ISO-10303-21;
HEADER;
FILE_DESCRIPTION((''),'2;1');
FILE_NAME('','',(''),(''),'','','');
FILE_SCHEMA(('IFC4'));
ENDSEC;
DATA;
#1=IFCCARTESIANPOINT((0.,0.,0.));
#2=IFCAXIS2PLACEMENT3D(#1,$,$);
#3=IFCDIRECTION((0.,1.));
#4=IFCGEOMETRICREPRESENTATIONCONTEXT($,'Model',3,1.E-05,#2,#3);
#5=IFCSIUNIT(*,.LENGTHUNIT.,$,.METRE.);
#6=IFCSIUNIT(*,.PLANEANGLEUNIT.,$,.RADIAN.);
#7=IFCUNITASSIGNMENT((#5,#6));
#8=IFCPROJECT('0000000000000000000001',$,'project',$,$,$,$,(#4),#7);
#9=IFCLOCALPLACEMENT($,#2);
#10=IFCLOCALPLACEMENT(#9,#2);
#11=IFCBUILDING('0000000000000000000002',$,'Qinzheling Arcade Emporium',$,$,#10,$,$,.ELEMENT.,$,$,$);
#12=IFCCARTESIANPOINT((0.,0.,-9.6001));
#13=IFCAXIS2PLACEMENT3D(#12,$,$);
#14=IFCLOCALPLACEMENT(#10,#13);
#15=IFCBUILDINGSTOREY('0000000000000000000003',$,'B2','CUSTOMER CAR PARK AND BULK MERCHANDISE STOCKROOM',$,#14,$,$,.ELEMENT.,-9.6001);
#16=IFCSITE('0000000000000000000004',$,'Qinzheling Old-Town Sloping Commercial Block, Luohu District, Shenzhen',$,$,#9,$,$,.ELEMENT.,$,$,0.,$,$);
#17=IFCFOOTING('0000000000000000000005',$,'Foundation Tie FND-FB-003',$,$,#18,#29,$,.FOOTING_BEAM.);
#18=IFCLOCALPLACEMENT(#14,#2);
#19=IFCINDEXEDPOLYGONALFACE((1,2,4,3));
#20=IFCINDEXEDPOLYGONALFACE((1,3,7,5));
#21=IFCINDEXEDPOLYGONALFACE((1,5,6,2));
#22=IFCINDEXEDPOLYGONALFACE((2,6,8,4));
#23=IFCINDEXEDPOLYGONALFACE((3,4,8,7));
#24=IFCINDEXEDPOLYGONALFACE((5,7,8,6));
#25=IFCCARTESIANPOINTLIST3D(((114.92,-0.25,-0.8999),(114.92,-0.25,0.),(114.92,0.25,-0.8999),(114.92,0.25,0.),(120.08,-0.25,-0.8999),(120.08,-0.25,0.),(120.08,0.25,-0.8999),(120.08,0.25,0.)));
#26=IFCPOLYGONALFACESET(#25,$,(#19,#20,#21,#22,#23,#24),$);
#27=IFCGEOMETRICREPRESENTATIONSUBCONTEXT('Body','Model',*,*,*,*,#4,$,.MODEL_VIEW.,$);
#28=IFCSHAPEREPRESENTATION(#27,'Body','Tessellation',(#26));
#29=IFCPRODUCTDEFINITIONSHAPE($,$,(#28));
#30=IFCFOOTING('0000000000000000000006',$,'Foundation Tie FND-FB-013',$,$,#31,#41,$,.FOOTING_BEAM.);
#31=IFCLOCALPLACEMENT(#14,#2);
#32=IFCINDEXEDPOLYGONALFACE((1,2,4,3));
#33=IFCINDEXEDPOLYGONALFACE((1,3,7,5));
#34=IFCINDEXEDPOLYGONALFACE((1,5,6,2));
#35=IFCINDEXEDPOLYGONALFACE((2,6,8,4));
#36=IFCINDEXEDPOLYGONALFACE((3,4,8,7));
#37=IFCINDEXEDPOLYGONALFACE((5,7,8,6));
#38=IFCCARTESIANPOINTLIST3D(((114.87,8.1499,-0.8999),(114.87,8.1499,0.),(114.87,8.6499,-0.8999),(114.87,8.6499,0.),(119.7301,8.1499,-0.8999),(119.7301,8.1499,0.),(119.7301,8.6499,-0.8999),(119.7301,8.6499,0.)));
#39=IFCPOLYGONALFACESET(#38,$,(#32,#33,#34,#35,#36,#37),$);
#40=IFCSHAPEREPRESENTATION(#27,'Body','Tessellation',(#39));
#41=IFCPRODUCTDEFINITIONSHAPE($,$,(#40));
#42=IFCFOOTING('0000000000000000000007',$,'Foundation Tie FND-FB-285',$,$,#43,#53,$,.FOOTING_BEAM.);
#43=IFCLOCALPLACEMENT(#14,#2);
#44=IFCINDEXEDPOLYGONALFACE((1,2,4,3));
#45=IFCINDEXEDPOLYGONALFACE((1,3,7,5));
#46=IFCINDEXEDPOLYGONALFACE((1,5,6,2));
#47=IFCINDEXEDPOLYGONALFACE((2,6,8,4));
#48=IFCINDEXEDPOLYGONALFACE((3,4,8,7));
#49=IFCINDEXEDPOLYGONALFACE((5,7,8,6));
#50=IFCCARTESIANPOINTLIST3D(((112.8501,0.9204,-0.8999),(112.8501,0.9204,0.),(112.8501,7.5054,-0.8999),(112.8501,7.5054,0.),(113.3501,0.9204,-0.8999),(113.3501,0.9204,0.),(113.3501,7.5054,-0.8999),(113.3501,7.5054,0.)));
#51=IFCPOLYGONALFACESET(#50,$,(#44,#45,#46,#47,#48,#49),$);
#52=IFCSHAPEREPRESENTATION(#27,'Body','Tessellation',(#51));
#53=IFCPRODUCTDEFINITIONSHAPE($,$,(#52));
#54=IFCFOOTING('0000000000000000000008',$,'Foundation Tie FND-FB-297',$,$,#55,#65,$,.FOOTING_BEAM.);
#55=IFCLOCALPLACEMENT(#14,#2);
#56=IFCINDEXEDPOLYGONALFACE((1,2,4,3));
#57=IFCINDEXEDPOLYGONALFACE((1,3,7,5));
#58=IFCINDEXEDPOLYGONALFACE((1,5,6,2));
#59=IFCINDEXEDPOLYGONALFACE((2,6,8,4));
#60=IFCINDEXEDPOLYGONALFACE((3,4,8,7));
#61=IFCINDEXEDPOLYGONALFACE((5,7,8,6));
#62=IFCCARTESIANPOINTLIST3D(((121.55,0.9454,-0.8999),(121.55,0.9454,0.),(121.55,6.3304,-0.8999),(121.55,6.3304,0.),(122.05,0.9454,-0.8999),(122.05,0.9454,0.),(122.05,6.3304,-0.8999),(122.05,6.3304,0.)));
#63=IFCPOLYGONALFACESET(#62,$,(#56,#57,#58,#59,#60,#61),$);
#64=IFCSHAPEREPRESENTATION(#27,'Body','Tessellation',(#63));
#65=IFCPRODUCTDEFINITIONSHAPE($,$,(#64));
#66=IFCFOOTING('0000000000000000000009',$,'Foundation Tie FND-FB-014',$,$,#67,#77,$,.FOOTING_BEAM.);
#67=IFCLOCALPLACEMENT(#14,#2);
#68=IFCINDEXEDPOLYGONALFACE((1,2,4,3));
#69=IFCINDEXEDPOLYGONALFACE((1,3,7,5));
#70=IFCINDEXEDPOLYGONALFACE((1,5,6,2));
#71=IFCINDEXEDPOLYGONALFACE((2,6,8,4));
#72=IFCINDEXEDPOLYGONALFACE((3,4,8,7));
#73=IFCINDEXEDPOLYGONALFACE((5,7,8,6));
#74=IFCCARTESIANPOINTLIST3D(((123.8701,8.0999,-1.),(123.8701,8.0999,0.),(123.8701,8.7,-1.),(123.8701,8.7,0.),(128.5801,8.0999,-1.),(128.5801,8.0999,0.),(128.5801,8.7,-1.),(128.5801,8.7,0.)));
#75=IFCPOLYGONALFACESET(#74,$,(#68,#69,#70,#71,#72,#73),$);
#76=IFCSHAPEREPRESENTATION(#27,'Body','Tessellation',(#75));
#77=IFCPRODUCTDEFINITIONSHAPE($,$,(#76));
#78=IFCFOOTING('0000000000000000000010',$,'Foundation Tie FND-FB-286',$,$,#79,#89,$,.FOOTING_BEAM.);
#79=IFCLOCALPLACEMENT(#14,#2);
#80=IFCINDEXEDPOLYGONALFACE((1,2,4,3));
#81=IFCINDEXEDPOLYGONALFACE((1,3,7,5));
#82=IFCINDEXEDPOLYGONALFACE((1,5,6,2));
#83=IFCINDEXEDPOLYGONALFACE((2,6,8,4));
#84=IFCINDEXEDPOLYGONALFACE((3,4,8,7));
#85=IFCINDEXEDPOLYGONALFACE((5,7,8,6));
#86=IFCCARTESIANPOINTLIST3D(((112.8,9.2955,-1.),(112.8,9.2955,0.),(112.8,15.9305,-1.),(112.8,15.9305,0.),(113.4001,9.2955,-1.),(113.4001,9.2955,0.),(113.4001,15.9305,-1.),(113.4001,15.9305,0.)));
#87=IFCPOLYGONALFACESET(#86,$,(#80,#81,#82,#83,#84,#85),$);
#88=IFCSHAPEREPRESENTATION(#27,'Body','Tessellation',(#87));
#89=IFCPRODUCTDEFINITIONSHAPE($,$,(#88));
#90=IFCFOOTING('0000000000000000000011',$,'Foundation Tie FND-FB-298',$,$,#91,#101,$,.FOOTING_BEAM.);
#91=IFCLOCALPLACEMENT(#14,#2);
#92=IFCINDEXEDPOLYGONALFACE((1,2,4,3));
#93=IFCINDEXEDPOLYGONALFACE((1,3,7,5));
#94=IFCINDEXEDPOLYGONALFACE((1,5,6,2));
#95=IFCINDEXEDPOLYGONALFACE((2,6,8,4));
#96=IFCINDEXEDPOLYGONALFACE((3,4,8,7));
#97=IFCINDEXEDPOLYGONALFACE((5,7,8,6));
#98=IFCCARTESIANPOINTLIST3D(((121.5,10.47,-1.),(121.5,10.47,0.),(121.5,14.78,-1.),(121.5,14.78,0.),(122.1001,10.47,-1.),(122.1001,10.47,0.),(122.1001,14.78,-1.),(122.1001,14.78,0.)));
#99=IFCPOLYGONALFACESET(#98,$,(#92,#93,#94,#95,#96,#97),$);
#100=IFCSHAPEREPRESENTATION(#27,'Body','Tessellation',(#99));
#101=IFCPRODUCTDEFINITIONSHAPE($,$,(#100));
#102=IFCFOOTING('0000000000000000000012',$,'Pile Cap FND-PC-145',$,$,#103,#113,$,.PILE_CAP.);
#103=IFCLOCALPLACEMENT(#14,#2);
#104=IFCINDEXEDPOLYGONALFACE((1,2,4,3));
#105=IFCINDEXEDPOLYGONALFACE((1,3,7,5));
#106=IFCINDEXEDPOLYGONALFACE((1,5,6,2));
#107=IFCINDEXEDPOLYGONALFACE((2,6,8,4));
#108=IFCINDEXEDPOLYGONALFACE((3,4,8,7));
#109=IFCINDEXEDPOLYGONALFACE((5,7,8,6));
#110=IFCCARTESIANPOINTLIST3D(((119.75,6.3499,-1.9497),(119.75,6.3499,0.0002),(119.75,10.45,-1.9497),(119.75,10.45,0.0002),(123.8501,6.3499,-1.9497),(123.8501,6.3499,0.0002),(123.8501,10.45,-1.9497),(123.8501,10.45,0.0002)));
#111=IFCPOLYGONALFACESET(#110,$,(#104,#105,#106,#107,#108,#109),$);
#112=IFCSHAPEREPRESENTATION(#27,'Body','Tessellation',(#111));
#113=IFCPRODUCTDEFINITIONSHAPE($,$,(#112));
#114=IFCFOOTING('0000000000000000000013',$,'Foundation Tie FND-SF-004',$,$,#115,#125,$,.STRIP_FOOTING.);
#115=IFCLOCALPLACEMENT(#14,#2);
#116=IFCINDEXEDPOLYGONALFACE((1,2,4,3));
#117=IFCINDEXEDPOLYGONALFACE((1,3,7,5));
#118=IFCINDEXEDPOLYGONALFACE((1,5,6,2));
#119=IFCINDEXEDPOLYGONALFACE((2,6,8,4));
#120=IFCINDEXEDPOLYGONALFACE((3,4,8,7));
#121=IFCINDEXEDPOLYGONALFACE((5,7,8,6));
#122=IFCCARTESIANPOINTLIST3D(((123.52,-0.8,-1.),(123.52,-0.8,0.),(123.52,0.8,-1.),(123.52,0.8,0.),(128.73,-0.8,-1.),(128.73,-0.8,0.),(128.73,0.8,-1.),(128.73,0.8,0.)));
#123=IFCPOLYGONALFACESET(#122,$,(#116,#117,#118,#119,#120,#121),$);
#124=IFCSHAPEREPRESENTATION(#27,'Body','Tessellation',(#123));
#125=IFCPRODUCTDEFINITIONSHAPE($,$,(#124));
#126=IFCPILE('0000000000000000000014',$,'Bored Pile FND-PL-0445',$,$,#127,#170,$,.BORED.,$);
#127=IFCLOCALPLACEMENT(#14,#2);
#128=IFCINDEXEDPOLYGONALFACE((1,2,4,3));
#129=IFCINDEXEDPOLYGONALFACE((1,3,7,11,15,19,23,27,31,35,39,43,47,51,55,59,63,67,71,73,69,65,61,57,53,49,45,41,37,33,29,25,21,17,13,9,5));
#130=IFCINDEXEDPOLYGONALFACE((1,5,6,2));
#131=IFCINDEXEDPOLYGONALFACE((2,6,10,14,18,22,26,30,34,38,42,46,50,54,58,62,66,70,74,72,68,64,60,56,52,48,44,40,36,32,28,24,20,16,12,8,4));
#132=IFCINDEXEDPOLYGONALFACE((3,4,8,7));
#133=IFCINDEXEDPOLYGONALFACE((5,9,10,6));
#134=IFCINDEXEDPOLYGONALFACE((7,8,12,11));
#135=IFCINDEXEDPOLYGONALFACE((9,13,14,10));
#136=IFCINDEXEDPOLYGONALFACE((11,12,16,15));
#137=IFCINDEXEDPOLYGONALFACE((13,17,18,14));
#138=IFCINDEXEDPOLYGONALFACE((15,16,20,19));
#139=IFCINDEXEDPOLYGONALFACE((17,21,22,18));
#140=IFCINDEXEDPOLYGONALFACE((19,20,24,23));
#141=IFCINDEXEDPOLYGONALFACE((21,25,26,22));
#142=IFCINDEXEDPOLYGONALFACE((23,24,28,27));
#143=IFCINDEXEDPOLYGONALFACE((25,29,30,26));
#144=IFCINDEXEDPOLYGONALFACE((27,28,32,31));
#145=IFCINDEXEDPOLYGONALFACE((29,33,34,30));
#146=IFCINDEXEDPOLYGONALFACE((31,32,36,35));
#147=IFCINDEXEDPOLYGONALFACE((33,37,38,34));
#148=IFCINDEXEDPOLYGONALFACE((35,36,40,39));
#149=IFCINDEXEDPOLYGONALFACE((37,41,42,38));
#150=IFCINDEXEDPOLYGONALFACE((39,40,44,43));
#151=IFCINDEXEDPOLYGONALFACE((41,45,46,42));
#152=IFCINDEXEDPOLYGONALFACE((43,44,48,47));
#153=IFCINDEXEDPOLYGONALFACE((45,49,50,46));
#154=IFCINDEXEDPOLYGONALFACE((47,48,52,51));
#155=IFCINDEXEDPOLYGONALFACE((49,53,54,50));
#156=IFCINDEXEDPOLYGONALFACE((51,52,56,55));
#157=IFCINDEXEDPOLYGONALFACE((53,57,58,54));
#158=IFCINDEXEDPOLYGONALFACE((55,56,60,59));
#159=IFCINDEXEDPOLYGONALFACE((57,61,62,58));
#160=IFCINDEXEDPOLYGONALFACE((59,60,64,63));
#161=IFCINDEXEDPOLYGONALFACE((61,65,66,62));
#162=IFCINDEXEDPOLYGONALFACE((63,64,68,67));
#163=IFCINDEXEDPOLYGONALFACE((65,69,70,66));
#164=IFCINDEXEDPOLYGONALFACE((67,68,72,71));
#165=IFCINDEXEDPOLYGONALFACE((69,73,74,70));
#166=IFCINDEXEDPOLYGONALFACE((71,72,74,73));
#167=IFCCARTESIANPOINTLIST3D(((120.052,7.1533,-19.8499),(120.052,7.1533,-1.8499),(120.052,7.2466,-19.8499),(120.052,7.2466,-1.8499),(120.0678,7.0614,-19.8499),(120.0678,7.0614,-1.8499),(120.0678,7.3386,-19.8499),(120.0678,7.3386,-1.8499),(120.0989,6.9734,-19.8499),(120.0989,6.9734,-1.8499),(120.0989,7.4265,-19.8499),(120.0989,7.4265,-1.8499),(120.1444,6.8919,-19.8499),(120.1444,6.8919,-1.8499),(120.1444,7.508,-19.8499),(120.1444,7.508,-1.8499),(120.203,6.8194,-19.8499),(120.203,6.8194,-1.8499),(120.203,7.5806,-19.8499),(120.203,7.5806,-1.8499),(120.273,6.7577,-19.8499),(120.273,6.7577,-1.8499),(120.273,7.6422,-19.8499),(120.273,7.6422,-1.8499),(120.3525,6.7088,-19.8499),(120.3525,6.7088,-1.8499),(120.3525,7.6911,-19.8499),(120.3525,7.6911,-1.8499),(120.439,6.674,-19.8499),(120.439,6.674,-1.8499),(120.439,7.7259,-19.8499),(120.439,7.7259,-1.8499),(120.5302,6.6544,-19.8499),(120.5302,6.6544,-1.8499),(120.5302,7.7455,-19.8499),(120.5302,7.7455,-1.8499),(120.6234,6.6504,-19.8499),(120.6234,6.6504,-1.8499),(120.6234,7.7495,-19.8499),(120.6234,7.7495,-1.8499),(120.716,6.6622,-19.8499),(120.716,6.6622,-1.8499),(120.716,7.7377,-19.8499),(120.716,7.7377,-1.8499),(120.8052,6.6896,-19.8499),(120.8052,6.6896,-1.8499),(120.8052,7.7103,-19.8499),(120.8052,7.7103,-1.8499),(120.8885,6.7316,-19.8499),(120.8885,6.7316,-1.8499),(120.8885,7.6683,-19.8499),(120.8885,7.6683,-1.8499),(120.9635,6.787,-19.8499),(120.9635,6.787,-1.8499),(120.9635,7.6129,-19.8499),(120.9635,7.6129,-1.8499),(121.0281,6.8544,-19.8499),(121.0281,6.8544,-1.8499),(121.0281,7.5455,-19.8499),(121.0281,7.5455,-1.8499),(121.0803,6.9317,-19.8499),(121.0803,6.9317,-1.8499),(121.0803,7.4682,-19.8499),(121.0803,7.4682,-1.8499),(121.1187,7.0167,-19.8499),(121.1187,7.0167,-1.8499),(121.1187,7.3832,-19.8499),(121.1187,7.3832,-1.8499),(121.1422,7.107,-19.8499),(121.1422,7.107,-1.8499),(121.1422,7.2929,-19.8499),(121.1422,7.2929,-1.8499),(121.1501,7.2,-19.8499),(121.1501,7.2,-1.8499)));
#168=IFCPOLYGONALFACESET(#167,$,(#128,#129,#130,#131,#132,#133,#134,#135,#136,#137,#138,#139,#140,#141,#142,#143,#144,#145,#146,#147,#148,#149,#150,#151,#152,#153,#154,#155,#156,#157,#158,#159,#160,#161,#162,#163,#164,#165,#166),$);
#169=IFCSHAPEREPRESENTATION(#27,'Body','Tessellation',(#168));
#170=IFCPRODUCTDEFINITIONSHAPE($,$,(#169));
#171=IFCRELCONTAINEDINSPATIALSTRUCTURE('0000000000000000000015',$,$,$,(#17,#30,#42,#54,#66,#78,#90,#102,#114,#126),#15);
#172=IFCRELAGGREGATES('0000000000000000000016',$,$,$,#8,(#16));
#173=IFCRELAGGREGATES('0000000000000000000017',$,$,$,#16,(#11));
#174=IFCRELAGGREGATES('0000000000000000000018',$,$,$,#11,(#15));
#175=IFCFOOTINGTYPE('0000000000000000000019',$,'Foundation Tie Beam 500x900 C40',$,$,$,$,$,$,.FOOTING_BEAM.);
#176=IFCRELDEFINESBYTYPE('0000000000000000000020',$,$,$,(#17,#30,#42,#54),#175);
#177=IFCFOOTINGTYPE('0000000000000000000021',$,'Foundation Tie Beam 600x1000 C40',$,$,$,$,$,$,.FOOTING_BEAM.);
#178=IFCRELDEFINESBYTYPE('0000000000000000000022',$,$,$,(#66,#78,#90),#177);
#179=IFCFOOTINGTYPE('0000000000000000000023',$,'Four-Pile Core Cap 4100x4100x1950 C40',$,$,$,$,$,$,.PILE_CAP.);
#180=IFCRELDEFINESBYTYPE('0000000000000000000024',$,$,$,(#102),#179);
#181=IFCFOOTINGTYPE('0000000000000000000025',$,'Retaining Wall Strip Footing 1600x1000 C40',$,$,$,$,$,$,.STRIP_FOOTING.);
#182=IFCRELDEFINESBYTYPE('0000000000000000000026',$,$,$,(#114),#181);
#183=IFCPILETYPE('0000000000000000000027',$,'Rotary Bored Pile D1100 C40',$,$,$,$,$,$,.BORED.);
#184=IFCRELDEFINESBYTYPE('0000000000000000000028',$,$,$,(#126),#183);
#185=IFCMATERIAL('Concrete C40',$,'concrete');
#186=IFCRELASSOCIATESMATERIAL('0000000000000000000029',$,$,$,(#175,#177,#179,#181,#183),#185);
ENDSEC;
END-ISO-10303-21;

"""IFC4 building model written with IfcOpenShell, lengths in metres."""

from ifc_helpers import new_model, si_unit, direction, frame, origin, origin_2d, place, context, subcontext, project, spatial, rectangle, circle, extrude, material, material_profile, profile_set, type_object, element, save


model = new_model("IFC4")

# Units and contexts
model_context = context("Model", 3, precision=1e-05, world=origin(), true_north=direction((0.0, 1.0)))
body_context = subcontext(model_context, "Body", "Model", "MODEL_VIEW")
ifc_project = project(units=[si_unit("LENGTHUNIT", "METRE"), si_unit("PLANEANGLEUNIT", "RADIAN")], contexts=[model_context])

# Site, building, storey
site_placement = place(None, origin())
site = spatial("IfcSite", under=ifc_project, at=site_placement, Name="Qinzheling Old-Town Sloping Commercial Block, Luohu District, Shenzhen", CompositionType="ELEMENT", RefElevation=0.0)
building_placement = place(site_placement, origin())
building = spatial("IfcBuilding", under=site, at=building_placement, Name="Qinzheling Arcade Emporium", CompositionType="ELEMENT")
storey_placement = place(building_placement, frame((0.0, 0.0, -9.6001)))
storey = spatial("IfcBuildingStorey", under=building, at=storey_placement, Name="B2", Description="CUSTOMER CAR PARK AND BULK MERCHANDISE STOCKROOM", CompositionType="ELEMENT", Elevation=-9.6001)

# Footings
ifc_material_1 = material(Name="Concrete C40", Category="concrete")
footing_type_1 = type_object("IfcFootingType", Name="Foundation Tie Beam 500x900 C40", PredefinedType="FOOTING_BEAM", material=ifc_material_1)
footing_1_placement = place(storey_placement, frame((117.5, 0.0, -0.8999), z_axis=(0.0, 0.0, 1.0), x_axis=(1.0, 0.0, 0.0)))
element("IfcFooting", 1, at=footing_1_placement, inside=storey, type_object=footing_type_1, Name="Foundation Tie FND-FB-003", PredefinedType="FOOTING_BEAM", context=body_context, shape_type="SweptSolid", body=[
    extrude(rectangle(XDim=5.1599, YDim=0.5, at=origin_2d()), origin(), (0.0, 0.0, 1.0), 0.8999),
])
footing_2_placement = place(storey_placement, frame((117.3, 8.3999, -0.8999), z_axis=(0.0, 0.0, 1.0), x_axis=(1.0, 0.0, 0.0)))
element("IfcFooting", 2, at=footing_2_placement, inside=storey, type_object=footing_type_1, Name="Foundation Tie FND-FB-013", PredefinedType="FOOTING_BEAM", context=body_context, shape_type="SweptSolid", body=[
    extrude(rectangle(XDim=4.8601, YDim=0.5, at=origin_2d()), origin(), (0.0, 0.0, 1.0), 0.8999),
])
footing_3_placement = place(storey_placement, frame((113.1001, 4.2129, -0.8999), z_axis=(0.0, 0.0, 1.0), x_axis=(1.0, 0.0, 0.0)))
element("IfcFooting", 3, at=footing_3_placement, inside=storey, type_object=footing_type_1, Name="Foundation Tie FND-FB-285", PredefinedType="FOOTING_BEAM", context=body_context, shape_type="SweptSolid", body=[
    extrude(rectangle(XDim=0.5, YDim=6.585, at=origin_2d()), origin(), (0.0, 0.0, 1.0), 0.8999),
])
footing_4_placement = place(storey_placement, frame((121.8, 3.6379, -0.8999), z_axis=(0.0, 0.0, 1.0), x_axis=(1.0, 0.0, 0.0)))
element("IfcFooting", 4, at=footing_4_placement, inside=storey, type_object=footing_type_1, Name="Foundation Tie FND-FB-297", PredefinedType="FOOTING_BEAM", context=body_context, shape_type="SweptSolid", body=[
    extrude(rectangle(XDim=0.5, YDim=5.385, at=origin_2d()), origin(), (0.0, 0.0, 1.0), 0.8999),
])
footing_type_2 = type_object("IfcFootingType", Name="Foundation Tie Beam 600x1000 C40", PredefinedType="FOOTING_BEAM", material=ifc_material_1)
footing_5_placement = place(storey_placement, frame((126.2251, 8.3999, -1.0), z_axis=(0.0, 0.0, 1.0), x_axis=(1.0, 0.0, 0.0)))
element("IfcFooting", 5, at=footing_5_placement, inside=storey, type_object=footing_type_2, Name="Foundation Tie FND-FB-014", PredefinedType="FOOTING_BEAM", context=body_context, shape_type="SweptSolid", body=[
    extrude(rectangle(XDim=4.71, YDim=0.6001, at=origin_2d()), origin(), (0.0, 0.0, 1.0), 1.0),
])
footing_6_placement = place(storey_placement, frame((113.1001, 12.613, -1.0), z_axis=(0.0, 0.0, 1.0), x_axis=(1.0, 0.0, 0.0)))
element("IfcFooting", 6, at=footing_6_placement, inside=storey, type_object=footing_type_2, Name="Foundation Tie FND-FB-286", PredefinedType="FOOTING_BEAM", context=body_context, shape_type="SweptSolid", body=[
    extrude(rectangle(XDim=0.6001, YDim=6.635, at=origin_2d()), origin(), (0.0, 0.0, 1.0), 1.0),
])
footing_7_placement = place(storey_placement, frame((121.8, 12.625, -1.0), z_axis=(0.0, 0.0, 1.0), x_axis=(1.0, 0.0, 0.0)))
element("IfcFooting", 7, at=footing_7_placement, inside=storey, type_object=footing_type_2, Name="Foundation Tie FND-FB-298", PredefinedType="FOOTING_BEAM", context=body_context, shape_type="SweptSolid", body=[
    extrude(rectangle(XDim=0.6001, YDim=4.3101, at=origin_2d()), origin(), (0.0, 0.0, 1.0), 1.0),
])
footing_type_3 = type_object("IfcFootingType", Name="Four-Pile Core Cap 4100x4100x1950 C40", PredefinedType="PILE_CAP", material=ifc_material_1)
footing_8_placement = place(storey_placement, frame((121.8, 8.3999, -1.9497), z_axis=(0.0, 0.0, 1.0), x_axis=(1.0, 0.0, 0.0)))
element("IfcFooting", 8, at=footing_8_placement, inside=storey, type_object=footing_type_3, Name="Pile Cap FND-PC-145", PredefinedType="PILE_CAP", context=body_context, shape_type="SweptSolid", body=[
    extrude(rectangle(XDim=4.1001, YDim=4.1001, at=origin_2d()), origin(), (0.0, 0.0, 1.0), 1.95),
])
footing_type_4 = type_object("IfcFootingType", Name="Retaining Wall Strip Footing 1600x1000 C40", PredefinedType="STRIP_FOOTING", material=ifc_material_1)
footing_9_placement = place(storey_placement, frame((126.125, 0.0, -1.0), z_axis=(0.0, 0.0, 1.0), x_axis=(1.0, 0.0, 0.0)))
element("IfcFooting", 9, at=footing_9_placement, inside=storey, type_object=footing_type_4, Name="Foundation Tie FND-SF-004", PredefinedType="STRIP_FOOTING", context=body_context, shape_type="SweptSolid", body=[
    extrude(rectangle(XDim=5.21, YDim=1.6001, at=origin_2d()), origin(), (0.0, 0.0, 1.0), 1.0),
])

# Pile
ifc_material_profile_1 = material_profile(ifc_material_1, circle(Radius=0.55, at=origin_2d()), Name="BORED D1100", Category="concrete")
ifc_profile_set_1 = profile_set([ifc_material_profile_1], Name="Concrete C40")
pile_type_1 = type_object("IfcPileType", Name="Rotary Bored Pile D1100 C40", PredefinedType="BORED", material=ifc_profile_set_1)
for number, where, z_axis, x_axis, name in (
    (10, (120.6001, 7.2, -1.8499), (0.0, 0.0, -1.0), (1.0, 0.0, 0.0), "Bored Pile FND-PL-0445"),
):
    element("IfcPile", number, at=place(storey_placement, frame(where, z_axis=z_axis, x_axis=x_axis)), inside=storey, type_object=pile_type_1, Name=name, PredefinedType="BORED", context=body_context, shape_type="SweptSolid", body=[
        extrude(circle(Radius=0.55, at=origin_2d()), origin(), (0.0, 0.0, 1.0), 18.0),
    ])

save(model, "model.ifc")
